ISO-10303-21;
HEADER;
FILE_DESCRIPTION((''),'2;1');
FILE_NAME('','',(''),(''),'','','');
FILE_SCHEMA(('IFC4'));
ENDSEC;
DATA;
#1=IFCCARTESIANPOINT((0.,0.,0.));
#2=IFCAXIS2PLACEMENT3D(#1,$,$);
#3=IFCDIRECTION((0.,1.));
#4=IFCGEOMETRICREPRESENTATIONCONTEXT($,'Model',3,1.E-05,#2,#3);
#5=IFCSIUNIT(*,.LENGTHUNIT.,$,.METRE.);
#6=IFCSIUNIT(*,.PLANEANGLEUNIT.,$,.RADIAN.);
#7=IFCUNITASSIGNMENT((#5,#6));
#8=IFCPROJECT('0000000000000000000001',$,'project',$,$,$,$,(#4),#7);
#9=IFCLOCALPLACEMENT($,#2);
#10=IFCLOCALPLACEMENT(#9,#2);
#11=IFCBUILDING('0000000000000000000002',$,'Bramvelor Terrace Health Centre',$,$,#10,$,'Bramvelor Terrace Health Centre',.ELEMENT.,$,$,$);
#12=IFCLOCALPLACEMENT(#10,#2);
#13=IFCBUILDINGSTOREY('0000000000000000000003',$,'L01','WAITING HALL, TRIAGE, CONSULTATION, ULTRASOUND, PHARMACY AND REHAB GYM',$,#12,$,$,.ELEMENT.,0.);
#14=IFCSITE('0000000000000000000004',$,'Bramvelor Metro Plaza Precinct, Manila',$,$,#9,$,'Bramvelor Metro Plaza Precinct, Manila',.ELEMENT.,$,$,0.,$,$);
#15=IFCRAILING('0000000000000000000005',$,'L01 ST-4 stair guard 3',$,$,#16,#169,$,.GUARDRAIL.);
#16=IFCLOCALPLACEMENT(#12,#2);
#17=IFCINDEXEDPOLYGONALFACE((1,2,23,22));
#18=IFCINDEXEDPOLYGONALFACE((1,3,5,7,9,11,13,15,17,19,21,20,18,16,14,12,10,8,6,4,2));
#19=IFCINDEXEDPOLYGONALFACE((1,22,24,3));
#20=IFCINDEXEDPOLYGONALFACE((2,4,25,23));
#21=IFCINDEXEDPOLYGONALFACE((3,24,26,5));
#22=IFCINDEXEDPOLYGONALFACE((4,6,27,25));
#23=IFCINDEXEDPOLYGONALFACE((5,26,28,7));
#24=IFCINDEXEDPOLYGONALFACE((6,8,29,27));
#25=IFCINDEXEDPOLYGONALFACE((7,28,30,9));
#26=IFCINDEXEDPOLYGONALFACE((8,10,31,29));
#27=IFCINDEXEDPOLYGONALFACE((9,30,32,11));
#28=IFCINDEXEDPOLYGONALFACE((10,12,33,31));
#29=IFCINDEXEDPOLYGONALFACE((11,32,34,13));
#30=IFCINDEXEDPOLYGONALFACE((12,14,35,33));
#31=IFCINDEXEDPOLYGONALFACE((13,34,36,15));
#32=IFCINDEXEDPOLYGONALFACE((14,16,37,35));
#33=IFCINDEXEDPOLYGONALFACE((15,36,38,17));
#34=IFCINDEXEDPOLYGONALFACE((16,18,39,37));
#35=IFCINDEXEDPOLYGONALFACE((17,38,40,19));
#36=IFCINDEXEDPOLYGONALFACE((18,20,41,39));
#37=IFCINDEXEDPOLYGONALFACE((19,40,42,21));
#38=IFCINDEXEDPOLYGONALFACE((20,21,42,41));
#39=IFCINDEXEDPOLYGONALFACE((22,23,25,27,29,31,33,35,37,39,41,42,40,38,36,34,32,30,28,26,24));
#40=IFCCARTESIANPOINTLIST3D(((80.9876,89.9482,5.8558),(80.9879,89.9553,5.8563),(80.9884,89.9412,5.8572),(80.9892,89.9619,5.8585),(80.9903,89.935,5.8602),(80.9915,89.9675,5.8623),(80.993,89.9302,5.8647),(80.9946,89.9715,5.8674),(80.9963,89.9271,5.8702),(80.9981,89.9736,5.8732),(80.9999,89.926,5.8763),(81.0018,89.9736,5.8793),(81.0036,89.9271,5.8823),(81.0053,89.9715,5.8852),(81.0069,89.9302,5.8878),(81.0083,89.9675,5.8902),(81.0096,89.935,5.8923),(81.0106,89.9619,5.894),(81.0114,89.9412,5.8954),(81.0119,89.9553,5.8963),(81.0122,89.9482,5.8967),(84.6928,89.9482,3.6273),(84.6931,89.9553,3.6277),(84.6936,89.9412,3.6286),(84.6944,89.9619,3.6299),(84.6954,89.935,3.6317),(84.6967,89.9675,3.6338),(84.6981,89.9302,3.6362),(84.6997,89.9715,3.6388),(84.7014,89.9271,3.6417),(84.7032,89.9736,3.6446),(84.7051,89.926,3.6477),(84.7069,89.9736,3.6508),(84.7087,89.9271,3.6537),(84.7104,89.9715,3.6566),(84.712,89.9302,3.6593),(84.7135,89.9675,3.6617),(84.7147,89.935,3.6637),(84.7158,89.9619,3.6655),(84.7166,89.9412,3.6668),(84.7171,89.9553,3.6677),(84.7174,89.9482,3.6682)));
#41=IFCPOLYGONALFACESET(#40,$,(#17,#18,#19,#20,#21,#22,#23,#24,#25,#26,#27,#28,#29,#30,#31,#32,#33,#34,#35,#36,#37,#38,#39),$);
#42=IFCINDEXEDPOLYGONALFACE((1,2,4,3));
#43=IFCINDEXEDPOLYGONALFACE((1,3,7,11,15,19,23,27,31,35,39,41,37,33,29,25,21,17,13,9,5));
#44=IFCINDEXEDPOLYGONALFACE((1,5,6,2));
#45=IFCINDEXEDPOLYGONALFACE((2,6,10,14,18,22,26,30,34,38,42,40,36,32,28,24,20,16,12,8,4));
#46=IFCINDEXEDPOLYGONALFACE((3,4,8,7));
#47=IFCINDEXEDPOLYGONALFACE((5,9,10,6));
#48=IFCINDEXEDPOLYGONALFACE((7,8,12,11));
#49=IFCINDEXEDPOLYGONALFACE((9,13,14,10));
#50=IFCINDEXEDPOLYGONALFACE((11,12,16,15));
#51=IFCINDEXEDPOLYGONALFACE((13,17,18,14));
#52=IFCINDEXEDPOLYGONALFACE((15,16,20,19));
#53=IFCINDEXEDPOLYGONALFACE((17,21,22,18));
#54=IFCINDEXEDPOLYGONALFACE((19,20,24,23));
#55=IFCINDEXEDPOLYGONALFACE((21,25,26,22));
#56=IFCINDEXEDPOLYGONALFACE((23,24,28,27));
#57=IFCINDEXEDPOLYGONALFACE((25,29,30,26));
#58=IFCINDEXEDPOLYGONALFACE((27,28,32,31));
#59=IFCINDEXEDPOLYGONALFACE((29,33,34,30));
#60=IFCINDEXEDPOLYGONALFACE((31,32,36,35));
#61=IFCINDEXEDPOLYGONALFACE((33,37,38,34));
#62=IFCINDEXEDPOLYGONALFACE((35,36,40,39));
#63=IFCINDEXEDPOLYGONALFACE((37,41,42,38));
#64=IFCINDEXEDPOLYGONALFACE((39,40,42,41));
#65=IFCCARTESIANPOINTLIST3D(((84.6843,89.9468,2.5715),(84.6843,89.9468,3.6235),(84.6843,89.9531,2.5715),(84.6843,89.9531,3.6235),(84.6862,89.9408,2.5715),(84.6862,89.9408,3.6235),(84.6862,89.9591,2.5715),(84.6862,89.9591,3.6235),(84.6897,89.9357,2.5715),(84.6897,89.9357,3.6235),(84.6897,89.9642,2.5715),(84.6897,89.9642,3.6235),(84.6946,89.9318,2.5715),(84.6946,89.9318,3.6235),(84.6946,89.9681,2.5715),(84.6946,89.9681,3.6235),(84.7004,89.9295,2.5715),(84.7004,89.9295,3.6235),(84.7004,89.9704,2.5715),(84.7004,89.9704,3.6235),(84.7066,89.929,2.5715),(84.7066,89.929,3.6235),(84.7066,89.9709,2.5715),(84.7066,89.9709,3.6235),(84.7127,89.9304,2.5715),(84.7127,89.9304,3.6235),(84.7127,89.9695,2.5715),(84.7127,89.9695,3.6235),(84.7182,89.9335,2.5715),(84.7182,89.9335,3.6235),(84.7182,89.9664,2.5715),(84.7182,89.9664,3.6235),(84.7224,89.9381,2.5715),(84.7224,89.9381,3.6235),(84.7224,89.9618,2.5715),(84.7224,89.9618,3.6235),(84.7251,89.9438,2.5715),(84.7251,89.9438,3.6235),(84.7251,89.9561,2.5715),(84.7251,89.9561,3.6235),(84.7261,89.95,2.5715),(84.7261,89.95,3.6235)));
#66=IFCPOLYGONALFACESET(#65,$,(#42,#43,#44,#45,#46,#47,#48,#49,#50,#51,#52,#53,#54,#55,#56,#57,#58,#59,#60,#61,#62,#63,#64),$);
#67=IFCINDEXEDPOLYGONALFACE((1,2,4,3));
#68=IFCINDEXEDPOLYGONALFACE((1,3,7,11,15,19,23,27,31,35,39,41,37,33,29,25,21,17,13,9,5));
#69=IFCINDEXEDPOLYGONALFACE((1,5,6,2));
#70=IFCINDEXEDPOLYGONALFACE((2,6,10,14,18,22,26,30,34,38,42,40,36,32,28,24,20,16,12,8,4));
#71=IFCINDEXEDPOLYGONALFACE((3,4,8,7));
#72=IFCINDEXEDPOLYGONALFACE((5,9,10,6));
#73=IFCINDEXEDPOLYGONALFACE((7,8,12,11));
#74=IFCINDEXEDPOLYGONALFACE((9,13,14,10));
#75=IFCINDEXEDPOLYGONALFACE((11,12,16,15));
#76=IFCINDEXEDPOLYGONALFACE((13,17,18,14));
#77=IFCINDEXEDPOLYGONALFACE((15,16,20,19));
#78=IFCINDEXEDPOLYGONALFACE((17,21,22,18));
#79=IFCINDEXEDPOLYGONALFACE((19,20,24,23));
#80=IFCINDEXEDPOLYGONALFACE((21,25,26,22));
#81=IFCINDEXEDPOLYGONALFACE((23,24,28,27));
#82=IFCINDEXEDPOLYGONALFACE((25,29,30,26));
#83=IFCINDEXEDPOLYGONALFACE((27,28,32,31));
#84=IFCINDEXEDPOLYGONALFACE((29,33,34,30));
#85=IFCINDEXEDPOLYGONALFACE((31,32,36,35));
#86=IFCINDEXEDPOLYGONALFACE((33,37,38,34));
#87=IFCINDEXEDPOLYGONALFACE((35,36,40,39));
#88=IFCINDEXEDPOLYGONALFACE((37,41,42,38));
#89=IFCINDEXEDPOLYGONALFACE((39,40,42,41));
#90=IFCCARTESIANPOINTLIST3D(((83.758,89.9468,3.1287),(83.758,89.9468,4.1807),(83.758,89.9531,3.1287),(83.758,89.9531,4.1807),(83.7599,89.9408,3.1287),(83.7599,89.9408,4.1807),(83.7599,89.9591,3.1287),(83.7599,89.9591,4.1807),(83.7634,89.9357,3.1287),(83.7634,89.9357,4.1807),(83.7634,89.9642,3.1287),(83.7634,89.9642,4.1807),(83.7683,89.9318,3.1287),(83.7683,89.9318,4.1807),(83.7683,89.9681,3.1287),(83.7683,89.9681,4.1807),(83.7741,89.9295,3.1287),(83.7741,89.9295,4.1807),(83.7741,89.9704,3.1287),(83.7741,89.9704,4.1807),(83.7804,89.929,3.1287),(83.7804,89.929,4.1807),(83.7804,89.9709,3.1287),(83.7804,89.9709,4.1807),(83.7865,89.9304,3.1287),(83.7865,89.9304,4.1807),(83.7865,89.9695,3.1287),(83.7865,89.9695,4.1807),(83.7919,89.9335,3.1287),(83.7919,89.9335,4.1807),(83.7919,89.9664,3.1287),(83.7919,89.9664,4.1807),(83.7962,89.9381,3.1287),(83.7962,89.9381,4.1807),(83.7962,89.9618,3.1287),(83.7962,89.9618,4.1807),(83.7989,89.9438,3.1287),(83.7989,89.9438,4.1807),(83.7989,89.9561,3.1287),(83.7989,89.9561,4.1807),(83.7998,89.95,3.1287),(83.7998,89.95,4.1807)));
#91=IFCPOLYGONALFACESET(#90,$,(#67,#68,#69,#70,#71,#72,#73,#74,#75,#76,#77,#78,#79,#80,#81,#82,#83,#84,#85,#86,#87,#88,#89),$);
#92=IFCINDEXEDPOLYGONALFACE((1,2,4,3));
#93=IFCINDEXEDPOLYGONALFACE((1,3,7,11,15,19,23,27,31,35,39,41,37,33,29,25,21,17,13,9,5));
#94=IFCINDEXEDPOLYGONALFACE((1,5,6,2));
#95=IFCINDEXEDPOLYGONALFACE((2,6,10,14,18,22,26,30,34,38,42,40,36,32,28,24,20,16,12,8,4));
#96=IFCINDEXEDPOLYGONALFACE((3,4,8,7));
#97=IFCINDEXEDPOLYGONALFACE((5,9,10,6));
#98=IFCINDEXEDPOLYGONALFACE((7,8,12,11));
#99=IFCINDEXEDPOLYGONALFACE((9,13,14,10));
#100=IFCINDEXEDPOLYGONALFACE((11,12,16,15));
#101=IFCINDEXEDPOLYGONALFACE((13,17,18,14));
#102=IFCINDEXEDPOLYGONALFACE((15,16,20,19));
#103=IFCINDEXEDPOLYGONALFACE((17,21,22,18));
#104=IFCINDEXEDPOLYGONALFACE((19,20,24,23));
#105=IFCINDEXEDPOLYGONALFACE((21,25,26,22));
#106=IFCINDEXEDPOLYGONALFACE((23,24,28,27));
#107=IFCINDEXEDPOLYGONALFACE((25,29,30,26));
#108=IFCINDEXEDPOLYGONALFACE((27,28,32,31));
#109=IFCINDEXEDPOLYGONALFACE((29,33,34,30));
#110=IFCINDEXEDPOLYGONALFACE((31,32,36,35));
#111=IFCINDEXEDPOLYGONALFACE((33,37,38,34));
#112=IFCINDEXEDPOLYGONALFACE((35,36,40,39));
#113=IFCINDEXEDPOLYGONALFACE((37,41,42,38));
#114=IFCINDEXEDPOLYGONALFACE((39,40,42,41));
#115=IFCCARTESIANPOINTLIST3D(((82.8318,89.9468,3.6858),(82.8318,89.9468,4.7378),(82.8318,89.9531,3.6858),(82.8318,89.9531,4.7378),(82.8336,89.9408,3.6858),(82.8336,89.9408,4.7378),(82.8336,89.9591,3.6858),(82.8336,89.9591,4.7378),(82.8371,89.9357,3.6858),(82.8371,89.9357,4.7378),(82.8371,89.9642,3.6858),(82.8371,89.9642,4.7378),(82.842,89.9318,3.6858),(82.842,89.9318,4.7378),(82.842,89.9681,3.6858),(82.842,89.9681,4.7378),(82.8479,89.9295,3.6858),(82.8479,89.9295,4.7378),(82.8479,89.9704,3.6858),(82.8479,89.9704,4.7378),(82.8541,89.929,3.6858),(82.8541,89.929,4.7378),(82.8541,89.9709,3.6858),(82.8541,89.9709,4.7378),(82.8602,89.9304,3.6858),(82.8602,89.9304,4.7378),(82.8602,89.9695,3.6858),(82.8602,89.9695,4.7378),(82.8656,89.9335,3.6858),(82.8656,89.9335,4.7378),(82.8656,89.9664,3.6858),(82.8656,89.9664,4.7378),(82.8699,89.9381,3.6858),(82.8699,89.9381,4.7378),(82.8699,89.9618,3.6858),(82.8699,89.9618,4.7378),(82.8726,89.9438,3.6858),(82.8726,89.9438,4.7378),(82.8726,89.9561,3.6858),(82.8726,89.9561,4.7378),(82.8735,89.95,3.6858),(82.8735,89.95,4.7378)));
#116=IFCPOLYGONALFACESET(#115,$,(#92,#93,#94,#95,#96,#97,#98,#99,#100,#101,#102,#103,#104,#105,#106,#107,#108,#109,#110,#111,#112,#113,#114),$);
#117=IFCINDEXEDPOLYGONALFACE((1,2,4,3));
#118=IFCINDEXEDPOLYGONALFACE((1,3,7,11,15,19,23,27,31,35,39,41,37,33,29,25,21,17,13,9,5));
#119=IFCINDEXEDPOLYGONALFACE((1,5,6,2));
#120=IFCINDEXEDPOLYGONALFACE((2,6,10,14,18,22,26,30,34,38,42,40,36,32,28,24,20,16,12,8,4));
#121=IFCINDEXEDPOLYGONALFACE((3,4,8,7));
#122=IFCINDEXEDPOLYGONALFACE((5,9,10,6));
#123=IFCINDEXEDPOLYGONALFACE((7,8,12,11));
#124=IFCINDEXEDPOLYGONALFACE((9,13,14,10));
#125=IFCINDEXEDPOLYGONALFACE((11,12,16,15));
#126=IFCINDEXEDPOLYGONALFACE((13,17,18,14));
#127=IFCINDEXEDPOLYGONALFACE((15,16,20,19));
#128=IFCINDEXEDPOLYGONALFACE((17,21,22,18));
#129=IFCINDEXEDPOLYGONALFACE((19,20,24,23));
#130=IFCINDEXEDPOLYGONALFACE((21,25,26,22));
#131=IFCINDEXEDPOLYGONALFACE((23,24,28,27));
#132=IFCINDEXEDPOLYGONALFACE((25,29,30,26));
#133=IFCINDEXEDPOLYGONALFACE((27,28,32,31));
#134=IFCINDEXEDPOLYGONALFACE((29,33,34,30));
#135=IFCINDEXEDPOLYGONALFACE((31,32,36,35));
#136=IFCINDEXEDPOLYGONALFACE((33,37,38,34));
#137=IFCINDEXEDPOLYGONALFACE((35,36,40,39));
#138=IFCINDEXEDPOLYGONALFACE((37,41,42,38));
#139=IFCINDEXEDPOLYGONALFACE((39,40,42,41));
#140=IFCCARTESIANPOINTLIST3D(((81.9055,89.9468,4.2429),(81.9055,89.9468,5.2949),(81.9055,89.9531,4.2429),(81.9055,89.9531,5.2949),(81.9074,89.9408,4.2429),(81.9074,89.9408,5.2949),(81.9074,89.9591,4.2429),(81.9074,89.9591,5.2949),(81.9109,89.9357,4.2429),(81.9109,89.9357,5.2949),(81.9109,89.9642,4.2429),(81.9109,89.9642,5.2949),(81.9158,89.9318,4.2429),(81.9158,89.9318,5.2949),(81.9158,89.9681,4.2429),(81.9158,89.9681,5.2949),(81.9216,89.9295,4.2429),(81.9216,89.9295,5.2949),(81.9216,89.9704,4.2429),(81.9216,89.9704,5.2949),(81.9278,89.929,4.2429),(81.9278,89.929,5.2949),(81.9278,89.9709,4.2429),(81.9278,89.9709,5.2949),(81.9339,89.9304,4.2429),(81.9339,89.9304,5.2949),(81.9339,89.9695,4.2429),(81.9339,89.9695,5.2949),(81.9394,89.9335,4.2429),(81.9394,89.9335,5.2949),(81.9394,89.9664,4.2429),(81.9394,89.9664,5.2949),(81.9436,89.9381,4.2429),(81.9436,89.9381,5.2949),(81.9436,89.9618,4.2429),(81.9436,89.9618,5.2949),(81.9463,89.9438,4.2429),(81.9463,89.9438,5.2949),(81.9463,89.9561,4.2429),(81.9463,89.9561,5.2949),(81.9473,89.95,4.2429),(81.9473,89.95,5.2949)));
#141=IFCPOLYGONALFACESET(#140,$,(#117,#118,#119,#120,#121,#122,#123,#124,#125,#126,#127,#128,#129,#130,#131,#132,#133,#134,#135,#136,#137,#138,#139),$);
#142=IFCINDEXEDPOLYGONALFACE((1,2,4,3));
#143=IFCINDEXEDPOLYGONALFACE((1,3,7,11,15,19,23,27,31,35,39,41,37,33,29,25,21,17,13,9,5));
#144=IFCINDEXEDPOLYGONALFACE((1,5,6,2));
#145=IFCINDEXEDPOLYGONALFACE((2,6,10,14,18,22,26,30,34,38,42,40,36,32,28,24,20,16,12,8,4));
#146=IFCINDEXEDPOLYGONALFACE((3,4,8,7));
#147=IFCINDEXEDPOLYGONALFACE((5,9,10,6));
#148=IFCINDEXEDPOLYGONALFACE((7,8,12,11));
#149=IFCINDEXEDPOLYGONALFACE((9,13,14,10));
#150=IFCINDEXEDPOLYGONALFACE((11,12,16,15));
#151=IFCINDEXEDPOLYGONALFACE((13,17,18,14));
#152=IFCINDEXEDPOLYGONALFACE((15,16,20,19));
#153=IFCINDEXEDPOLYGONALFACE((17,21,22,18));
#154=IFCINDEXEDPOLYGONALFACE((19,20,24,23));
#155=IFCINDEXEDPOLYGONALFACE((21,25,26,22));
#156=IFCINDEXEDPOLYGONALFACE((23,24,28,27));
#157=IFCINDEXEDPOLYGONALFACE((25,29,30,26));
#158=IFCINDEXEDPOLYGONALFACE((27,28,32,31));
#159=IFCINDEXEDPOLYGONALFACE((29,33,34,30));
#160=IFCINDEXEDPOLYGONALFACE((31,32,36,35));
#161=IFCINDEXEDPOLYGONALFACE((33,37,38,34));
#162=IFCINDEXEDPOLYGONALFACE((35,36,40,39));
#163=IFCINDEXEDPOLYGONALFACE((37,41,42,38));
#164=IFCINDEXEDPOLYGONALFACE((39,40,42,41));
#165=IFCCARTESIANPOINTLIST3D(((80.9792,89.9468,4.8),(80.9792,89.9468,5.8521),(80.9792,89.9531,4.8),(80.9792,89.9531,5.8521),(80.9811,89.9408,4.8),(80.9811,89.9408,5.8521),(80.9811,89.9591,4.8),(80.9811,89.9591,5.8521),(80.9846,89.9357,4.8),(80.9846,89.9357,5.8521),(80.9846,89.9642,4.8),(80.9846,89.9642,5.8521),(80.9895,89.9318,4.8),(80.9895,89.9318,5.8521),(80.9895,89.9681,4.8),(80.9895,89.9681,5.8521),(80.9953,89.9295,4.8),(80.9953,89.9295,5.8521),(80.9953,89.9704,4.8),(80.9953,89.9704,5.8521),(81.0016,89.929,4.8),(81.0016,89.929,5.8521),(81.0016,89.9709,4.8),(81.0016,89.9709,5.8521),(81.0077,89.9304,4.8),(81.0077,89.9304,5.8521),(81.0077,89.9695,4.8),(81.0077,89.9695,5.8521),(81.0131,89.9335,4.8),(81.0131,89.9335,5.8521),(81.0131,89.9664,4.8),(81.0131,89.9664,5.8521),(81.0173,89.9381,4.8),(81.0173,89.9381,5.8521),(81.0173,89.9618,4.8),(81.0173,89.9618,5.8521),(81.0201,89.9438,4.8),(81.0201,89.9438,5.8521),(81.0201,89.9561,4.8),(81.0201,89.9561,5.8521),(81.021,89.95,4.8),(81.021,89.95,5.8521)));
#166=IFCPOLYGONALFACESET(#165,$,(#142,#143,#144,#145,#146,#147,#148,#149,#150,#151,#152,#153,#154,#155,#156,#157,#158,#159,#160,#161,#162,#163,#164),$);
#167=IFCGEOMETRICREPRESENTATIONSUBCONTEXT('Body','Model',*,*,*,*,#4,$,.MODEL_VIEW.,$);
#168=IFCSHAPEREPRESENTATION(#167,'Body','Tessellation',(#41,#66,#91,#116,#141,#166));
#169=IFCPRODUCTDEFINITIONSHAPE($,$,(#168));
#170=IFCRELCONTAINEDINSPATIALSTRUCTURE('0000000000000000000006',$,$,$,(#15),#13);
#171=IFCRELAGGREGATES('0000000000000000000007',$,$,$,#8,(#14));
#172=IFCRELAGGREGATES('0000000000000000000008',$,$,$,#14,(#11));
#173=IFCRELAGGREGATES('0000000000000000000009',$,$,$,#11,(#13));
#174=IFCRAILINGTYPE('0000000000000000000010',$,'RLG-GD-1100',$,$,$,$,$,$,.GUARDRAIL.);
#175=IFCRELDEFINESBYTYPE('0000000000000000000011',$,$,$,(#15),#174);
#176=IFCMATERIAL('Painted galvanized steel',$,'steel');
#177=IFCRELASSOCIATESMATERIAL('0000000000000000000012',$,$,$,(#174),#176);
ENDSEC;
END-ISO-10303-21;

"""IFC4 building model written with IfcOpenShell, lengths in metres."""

from ifc_helpers import new_model, si_unit, direction, frame, origin, origin_2d, place, context, subcontext, project, spatial, circle, extrude, material, type_object, element, save


model = new_model("IFC4")

# Units and contexts
model_context = context("Model", 3, precision=1e-05, world=origin(), true_north=direction((0.0, 1.0)))
body_context = subcontext(model_context, "Body", "Model", "MODEL_VIEW")
ifc_project = project(units=[si_unit("LENGTHUNIT", "METRE"), si_unit("PLANEANGLEUNIT", "RADIAN")], contexts=[model_context])

# Site, building, storey
site_placement = place(None, origin())
site = spatial("IfcSite", under=ifc_project, at=site_placement, Name="Bramvelor Metro Plaza Precinct, Manila", LongName="Bramvelor Metro Plaza Precinct, Manila", CompositionType="ELEMENT", RefElevation=0.0)
building_placement = place(site_placement, origin())
building = spatial("IfcBuilding", under=site, at=building_placement, Name="Bramvelor Terrace Health Centre", LongName="Bramvelor Terrace Health Centre", CompositionType="ELEMENT")
storey_placement = place(building_placement, origin())
storey = spatial("IfcBuildingStorey", under=building, at=storey_placement, Name="L01", Description="WAITING HALL, TRIAGE, CONSULTATION, ULTRASOUND, PHARMACY AND REHAB GYM", CompositionType="ELEMENT", Elevation=0.0)

# Railing
ifc_material_1 = material(Name="Painted galvanized steel", Category="steel")
railing_type_1 = type_object("IfcRailingType", Name="RLG-GD-1100", PredefinedType="GUARDRAIL", material=ifc_material_1)
railing_1_placement = place(storey_placement, frame((84.7051, 89.95, 2.5715)))
element("IfcRailing", 1, at=railing_1_placement, inside=storey, type_object=railing_type_1, Name="L01 ST-4 stair guard 3", PredefinedType="GUARDRAIL", context=body_context, shape_type="SweptSolid", body=[
    extrude(circle(Radius=0.0239, at=origin_2d()), frame((0.0, 0.0, 1.0762), z_axis=(-0.856934, 0.0, 0.515425), x_axis=(0.0, -1.0, 0.0)), (0.0, 0.0, 1.0), 4.3237),
    extrude(circle(Radius=0.021, at=origin_2d()), origin(), (0.0, 0.0, 1.0), 1.052),
    extrude(circle(Radius=0.021, at=origin_2d()), frame((-0.9263, 0.0, 0.5571)), (0.0, 0.0, 1.0), 1.052),
    extrude(circle(Radius=0.021, at=origin_2d()), frame((-1.8525, 0.0, 1.1143)), (0.0, 0.0, 1.0), 1.052),
    extrude(circle(Radius=0.021, at=origin_2d()), frame((-2.7788, 0.0, 1.6714)), (0.0, 0.0, 1.0), 1.052),
    extrude(circle(Radius=0.021, at=origin_2d()), frame((-3.7051, 0.0, 2.2285)), (0.0, 0.0, 1.0), 1.052),
])

save(model, "model.ifc")
